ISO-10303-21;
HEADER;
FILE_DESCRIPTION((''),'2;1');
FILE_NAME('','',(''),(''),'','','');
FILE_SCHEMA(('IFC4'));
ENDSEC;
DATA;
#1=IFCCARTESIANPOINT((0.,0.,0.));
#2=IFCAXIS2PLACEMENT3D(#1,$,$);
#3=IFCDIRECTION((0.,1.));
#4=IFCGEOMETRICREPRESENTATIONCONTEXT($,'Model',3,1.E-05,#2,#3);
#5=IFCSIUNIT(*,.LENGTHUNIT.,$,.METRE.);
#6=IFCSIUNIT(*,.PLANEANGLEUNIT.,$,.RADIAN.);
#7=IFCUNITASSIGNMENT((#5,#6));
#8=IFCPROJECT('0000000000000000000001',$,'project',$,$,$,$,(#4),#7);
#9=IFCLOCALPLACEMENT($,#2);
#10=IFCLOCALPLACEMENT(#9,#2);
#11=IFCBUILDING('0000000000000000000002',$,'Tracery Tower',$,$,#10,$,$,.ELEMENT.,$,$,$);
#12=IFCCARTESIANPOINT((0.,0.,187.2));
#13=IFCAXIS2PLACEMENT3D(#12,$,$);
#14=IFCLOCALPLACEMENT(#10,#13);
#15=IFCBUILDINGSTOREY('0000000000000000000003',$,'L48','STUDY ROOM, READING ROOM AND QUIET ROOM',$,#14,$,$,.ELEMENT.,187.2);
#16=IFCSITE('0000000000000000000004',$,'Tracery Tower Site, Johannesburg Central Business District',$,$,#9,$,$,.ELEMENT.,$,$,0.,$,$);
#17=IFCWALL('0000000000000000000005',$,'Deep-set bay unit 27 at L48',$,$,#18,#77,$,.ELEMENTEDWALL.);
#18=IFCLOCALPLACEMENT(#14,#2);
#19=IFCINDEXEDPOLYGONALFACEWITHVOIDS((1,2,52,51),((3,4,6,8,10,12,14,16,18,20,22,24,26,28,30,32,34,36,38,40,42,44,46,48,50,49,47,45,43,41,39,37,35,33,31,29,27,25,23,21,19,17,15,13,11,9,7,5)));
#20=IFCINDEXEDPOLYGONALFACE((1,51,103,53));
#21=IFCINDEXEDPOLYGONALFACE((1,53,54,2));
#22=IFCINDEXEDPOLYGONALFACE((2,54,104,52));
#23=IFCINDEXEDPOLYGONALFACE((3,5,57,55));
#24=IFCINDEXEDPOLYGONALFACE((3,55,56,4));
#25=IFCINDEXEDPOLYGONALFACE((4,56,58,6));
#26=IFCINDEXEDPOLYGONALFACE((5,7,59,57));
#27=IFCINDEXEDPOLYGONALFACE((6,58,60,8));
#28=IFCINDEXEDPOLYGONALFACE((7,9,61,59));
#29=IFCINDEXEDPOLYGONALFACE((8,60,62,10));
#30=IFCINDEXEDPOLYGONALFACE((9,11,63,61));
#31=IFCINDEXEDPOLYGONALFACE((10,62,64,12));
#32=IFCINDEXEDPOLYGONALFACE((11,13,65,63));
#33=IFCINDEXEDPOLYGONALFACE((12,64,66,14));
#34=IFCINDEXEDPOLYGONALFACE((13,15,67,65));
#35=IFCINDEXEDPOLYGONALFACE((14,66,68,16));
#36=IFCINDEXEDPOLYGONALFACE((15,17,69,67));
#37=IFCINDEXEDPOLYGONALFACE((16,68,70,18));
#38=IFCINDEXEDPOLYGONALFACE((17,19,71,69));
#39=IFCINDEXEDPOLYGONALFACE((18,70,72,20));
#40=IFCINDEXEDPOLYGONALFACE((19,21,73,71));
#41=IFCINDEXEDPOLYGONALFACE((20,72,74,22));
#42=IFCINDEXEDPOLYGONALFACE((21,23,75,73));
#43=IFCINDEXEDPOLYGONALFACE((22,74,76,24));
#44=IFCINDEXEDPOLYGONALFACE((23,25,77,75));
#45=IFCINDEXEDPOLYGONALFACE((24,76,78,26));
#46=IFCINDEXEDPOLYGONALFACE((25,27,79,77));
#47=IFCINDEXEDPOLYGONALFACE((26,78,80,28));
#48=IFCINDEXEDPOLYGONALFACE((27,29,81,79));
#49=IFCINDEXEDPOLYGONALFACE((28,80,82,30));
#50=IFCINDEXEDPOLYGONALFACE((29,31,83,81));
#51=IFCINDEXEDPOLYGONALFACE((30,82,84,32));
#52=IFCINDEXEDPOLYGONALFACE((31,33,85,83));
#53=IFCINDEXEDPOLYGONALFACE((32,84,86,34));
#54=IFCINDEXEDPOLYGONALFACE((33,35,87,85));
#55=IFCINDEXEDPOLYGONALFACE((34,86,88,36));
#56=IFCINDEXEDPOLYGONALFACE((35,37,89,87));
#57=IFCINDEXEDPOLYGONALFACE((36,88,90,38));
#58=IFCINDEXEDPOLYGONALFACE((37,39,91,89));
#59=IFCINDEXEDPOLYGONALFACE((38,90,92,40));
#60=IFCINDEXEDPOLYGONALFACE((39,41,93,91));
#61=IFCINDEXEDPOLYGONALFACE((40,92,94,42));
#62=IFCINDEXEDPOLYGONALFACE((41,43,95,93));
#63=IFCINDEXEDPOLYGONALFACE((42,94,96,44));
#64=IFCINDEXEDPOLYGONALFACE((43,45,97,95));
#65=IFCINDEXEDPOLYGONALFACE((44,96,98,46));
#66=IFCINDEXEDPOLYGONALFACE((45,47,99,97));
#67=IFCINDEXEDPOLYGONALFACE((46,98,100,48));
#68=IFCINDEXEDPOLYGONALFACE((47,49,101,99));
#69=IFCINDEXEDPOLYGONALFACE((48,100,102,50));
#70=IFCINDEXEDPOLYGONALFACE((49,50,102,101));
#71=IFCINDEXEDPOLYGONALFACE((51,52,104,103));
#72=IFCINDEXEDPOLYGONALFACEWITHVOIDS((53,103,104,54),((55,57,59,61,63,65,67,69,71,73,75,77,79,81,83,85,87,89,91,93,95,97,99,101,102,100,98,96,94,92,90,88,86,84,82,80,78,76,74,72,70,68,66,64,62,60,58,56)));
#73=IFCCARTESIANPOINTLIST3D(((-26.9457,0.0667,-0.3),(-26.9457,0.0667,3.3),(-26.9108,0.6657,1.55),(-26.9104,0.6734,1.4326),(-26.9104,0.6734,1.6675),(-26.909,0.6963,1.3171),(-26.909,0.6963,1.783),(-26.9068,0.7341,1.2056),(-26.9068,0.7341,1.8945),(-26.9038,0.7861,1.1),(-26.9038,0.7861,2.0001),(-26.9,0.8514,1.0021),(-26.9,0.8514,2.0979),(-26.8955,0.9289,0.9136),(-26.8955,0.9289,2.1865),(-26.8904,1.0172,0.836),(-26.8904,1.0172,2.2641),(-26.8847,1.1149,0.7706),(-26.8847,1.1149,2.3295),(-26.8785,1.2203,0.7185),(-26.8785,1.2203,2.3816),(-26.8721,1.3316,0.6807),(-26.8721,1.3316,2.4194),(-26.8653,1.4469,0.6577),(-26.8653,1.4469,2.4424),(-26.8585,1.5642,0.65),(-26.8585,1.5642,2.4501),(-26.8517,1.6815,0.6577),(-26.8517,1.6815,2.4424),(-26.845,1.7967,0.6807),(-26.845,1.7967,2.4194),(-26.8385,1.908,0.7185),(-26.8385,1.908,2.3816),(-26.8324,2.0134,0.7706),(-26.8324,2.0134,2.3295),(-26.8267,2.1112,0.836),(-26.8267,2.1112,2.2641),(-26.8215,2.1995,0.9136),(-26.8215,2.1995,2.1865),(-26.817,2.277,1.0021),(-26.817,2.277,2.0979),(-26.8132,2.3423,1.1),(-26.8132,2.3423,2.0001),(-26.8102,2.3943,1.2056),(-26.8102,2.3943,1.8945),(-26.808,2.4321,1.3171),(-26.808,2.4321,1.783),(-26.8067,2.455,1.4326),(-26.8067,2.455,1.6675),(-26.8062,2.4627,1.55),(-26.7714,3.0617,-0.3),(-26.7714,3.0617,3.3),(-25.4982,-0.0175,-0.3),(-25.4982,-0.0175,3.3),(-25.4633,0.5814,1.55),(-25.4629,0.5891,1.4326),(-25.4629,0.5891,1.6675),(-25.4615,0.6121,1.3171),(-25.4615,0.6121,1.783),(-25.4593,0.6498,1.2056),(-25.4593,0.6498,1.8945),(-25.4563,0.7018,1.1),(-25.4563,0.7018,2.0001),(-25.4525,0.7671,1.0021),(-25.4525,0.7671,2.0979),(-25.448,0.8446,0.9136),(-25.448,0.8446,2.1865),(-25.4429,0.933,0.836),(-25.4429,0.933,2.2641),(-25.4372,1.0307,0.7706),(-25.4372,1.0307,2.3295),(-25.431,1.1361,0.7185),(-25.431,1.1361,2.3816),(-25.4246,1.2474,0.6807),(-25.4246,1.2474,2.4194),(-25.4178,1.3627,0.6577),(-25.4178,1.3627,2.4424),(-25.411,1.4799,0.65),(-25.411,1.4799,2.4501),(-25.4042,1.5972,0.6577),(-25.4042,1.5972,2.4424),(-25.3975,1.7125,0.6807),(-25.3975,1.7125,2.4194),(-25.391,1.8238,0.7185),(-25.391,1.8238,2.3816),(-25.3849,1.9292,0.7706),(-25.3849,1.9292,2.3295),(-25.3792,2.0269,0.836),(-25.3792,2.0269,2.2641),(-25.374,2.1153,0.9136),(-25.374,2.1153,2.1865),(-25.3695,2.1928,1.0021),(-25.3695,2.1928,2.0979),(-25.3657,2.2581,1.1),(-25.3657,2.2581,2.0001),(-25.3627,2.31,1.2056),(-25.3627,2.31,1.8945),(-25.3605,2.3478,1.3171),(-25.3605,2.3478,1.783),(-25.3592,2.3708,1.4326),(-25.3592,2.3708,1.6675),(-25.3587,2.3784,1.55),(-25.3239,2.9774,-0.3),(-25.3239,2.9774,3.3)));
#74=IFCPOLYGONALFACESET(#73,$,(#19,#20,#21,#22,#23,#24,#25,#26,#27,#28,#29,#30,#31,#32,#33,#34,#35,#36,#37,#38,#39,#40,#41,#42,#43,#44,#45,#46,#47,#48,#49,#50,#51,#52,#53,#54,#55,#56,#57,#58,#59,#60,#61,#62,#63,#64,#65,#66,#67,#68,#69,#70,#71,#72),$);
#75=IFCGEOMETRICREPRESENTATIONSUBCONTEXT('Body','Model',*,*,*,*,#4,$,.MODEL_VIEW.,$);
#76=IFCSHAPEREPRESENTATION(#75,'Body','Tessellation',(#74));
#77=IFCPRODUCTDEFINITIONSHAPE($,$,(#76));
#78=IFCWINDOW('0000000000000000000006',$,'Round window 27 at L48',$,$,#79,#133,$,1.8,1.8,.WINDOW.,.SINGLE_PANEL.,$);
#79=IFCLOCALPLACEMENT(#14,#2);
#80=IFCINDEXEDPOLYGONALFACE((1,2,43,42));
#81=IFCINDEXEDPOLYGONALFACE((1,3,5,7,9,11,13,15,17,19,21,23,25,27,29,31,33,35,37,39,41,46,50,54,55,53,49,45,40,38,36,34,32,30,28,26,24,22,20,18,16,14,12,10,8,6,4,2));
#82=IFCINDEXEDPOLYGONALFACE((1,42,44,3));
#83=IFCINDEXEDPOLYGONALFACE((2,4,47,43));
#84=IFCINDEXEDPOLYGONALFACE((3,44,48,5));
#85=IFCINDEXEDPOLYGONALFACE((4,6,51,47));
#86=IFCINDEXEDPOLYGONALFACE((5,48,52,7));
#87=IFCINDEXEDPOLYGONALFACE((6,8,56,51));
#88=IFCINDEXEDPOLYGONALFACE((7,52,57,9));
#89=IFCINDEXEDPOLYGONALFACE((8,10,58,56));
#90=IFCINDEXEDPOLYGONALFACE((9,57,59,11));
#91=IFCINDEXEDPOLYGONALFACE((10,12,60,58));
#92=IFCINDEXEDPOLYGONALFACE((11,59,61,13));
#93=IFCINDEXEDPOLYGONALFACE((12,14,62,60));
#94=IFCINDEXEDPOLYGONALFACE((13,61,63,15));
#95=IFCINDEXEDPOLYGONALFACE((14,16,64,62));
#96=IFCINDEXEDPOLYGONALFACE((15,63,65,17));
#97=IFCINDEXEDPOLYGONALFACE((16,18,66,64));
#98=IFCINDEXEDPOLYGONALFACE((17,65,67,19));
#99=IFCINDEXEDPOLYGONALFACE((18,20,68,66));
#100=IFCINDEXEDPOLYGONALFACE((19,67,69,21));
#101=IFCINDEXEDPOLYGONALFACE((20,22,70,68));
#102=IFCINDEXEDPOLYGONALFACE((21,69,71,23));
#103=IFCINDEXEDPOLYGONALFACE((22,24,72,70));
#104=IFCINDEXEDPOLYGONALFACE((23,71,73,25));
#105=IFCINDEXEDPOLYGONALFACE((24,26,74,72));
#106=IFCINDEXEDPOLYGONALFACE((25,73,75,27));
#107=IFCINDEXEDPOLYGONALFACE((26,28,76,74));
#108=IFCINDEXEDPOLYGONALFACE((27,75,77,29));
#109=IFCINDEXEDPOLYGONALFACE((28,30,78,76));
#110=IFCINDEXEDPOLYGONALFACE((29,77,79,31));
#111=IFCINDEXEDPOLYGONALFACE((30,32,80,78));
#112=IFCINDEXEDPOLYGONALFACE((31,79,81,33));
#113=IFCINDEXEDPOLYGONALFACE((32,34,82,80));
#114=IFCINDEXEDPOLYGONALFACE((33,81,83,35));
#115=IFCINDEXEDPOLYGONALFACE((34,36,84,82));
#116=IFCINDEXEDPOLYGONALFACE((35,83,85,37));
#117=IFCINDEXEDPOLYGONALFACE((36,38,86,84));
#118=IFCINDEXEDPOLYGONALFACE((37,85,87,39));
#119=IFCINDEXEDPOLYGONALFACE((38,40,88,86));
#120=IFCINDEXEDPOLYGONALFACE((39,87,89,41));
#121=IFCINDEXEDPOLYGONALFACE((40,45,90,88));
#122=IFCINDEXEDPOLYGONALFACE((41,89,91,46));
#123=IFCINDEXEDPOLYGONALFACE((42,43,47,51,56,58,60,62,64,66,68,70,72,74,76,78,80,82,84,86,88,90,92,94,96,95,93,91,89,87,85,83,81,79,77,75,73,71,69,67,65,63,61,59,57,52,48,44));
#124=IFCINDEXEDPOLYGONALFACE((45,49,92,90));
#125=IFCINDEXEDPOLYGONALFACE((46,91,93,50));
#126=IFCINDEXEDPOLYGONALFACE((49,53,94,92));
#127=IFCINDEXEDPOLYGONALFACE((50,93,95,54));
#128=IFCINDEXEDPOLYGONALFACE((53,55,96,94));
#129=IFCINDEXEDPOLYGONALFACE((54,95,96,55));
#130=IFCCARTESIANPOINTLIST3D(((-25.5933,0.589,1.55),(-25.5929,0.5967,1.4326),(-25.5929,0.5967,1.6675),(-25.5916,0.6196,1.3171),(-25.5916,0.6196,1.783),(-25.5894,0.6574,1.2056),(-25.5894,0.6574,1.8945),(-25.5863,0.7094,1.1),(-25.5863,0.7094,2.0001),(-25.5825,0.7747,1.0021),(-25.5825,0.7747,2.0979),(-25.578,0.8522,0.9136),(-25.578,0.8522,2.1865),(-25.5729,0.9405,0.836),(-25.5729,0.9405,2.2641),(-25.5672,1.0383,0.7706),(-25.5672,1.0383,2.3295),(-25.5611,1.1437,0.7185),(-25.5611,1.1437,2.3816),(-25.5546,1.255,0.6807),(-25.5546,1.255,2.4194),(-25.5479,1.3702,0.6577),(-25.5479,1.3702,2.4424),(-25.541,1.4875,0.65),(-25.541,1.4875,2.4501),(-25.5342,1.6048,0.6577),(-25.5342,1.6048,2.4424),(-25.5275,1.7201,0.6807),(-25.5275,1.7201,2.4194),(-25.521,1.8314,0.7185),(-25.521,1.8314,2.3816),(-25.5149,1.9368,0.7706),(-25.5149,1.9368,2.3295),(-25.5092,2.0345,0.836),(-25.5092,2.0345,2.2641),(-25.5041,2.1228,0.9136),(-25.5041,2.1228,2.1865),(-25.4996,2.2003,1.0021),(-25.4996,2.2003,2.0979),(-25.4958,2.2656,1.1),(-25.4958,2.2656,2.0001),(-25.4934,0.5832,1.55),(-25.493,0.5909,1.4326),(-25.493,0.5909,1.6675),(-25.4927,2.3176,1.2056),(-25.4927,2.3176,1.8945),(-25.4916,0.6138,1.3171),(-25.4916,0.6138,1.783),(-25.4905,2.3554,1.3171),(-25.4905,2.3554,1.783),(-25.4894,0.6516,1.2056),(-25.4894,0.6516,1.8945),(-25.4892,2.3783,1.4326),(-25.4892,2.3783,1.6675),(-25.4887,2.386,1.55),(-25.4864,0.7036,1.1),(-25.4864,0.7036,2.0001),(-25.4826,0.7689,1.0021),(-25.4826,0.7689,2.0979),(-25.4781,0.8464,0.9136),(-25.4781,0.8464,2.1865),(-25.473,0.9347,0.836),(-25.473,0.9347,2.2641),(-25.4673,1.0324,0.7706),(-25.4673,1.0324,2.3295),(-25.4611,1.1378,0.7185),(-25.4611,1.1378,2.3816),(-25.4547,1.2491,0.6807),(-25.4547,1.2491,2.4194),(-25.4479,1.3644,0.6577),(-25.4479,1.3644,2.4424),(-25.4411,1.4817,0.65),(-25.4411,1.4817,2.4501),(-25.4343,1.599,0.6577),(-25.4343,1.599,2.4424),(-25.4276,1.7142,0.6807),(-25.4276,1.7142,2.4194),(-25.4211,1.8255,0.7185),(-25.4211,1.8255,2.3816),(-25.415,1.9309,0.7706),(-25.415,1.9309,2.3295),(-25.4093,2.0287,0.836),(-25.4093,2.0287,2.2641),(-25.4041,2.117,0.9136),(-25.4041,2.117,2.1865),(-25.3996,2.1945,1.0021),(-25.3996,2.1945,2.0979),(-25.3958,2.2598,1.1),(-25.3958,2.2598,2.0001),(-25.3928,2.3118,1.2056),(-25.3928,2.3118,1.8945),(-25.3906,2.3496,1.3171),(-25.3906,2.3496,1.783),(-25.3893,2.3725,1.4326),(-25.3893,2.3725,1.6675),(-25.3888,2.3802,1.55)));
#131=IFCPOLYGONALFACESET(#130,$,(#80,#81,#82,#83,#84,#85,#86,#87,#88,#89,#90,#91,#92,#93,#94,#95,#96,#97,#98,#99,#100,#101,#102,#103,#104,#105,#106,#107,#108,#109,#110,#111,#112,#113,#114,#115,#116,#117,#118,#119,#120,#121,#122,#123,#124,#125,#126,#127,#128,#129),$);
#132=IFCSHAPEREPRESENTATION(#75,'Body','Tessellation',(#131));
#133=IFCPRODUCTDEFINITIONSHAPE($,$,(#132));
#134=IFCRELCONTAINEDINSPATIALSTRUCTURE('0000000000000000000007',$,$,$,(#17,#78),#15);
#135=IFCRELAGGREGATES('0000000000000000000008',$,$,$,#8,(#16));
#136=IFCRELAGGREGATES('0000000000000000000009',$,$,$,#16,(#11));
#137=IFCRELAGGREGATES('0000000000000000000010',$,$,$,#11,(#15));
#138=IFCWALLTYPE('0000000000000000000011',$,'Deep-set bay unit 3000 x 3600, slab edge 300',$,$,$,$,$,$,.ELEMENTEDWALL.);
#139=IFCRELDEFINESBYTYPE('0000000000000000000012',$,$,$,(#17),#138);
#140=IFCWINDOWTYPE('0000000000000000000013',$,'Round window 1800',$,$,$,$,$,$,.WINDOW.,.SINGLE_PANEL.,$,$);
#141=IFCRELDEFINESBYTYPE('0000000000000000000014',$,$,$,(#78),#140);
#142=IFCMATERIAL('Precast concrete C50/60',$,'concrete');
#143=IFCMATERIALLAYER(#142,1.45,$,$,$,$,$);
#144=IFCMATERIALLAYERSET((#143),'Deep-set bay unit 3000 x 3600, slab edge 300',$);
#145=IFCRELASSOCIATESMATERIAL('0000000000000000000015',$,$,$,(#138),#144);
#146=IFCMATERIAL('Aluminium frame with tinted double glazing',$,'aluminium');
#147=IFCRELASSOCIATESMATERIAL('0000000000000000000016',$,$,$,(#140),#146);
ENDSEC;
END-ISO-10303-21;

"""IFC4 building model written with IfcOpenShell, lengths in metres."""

from ifc_helpers import new_model, si_unit, direction, frame, frame_2d, origin, origin_2d, place, context, subcontext, project, spatial, rectangle, circle, extrude, material, layer, layer_set, type_object, element, fill, save


model = new_model("IFC4")

# Units and contexts
model_context = context("Model", 3, precision=1e-05, world=origin(), true_north=direction((0.0, 1.0)))
body_context = subcontext(model_context, "Body", "Model", "MODEL_VIEW")
ifc_project = project(units=[si_unit("LENGTHUNIT", "METRE"), si_unit("PLANEANGLEUNIT", "RADIAN")], contexts=[model_context])

# Site, building, storey
site_placement = place(None, origin())
site = spatial("IfcSite", under=ifc_project, at=site_placement, Name="Tracery Tower Site, Johannesburg Central Business District", CompositionType="ELEMENT", RefElevation=0.0)
building_placement = place(site_placement, origin())
building = spatial("IfcBuilding", under=site, at=building_placement, Name="Tracery Tower", CompositionType="ELEMENT")
storey_placement = place(building_placement, frame((0.0, 0.0, 187.2)))
storey = spatial("IfcBuildingStorey", under=building, at=storey_placement, Name="L48", Description="STUDY ROOM, READING ROOM AND QUIET ROOM", CompositionType="ELEMENT", Elevation=187.2)

# Wall, opening, window
ifc_material_1 = material(Name="Precast concrete C50/60", Category="concrete")
ifc_layer_1 = layer(ifc_material_1, 1.45)
ifc_layer_set_1 = layer_set([ifc_layer_1], Name="Deep-set bay unit 3000 x 3600, slab edge 300")
wall_type_1 = type_object("IfcWallType", Name="Deep-set bay unit 3000 x 3600, slab edge 300", PredefinedType="ELEMENTEDWALL", material=ifc_layer_set_1)
wall_1_placement = place(storey_placement, frame((-26.0476, 3.0195, -0.3), z_axis=(0.0, 0.0, 1.0), x_axis=(-0.058107, -0.99831, 0.0)))
wall_1 = element("IfcWall", 1, at=wall_1_placement, inside=storey, type_object=wall_type_1, Name="Deep-set bay unit 27 at L48", PredefinedType="ELEMENTEDWALL", context=body_context, shape_type="SweptSolid", body=[
    extrude(rectangle(XDim=3.0, YDim=1.45, at=frame_2d((1.5, 0.0))), origin(), (0.0, 0.0, 1.0), 3.6001),
])
opening_1_placement = place(wall_1_placement, frame((1.5, 0.0, 1.8501)))
opening_1 = element("IfcOpeningElement", 2, at=opening_1_placement, cuts=wall_1, PredefinedType="OPENING", context=body_context, shape_type="SweptSolid", body=[
    extrude(circle(Radius=0.9, at=origin_2d()), frame((0.0, 0.7349, 0.0), z_axis=(0.0, -1.0, 0.0), x_axis=(1.0, 0.0, 0.0)), (0.0, 0.0, 1.0), 1.47),
])
ifc_material_2 = material(Name="Aluminium frame with tinted double glazing", Category="aluminium")
window_type = type_object("IfcWindowType", Name="Round window 1800", PartitioningType="SINGLE_PANEL", PredefinedType="WINDOW", material=ifc_material_2)
window_1_placement = place(opening_1_placement, origin())
window_1 = element("IfcWindow", 3, at=window_1_placement, inside=storey, type_object=window_type, Name="Round window 27 at L48", OverallHeight=1.8, OverallWidth=1.8, PartitioningType="SINGLE_PANEL", PredefinedType="WINDOW", context=body_context, shape_type="SweptSolid", body=[
    extrude(circle(Radius=0.9, at=origin_2d()), frame((0.0, 0.6948, 0.0), z_axis=(0.0, -1.0, 0.0), x_axis=(1.0, 0.0, 0.0)), (0.0, 0.0, 1.0), 0.1001),
])
fill(opening_1, window_1)

save(model, "model.ifc")
